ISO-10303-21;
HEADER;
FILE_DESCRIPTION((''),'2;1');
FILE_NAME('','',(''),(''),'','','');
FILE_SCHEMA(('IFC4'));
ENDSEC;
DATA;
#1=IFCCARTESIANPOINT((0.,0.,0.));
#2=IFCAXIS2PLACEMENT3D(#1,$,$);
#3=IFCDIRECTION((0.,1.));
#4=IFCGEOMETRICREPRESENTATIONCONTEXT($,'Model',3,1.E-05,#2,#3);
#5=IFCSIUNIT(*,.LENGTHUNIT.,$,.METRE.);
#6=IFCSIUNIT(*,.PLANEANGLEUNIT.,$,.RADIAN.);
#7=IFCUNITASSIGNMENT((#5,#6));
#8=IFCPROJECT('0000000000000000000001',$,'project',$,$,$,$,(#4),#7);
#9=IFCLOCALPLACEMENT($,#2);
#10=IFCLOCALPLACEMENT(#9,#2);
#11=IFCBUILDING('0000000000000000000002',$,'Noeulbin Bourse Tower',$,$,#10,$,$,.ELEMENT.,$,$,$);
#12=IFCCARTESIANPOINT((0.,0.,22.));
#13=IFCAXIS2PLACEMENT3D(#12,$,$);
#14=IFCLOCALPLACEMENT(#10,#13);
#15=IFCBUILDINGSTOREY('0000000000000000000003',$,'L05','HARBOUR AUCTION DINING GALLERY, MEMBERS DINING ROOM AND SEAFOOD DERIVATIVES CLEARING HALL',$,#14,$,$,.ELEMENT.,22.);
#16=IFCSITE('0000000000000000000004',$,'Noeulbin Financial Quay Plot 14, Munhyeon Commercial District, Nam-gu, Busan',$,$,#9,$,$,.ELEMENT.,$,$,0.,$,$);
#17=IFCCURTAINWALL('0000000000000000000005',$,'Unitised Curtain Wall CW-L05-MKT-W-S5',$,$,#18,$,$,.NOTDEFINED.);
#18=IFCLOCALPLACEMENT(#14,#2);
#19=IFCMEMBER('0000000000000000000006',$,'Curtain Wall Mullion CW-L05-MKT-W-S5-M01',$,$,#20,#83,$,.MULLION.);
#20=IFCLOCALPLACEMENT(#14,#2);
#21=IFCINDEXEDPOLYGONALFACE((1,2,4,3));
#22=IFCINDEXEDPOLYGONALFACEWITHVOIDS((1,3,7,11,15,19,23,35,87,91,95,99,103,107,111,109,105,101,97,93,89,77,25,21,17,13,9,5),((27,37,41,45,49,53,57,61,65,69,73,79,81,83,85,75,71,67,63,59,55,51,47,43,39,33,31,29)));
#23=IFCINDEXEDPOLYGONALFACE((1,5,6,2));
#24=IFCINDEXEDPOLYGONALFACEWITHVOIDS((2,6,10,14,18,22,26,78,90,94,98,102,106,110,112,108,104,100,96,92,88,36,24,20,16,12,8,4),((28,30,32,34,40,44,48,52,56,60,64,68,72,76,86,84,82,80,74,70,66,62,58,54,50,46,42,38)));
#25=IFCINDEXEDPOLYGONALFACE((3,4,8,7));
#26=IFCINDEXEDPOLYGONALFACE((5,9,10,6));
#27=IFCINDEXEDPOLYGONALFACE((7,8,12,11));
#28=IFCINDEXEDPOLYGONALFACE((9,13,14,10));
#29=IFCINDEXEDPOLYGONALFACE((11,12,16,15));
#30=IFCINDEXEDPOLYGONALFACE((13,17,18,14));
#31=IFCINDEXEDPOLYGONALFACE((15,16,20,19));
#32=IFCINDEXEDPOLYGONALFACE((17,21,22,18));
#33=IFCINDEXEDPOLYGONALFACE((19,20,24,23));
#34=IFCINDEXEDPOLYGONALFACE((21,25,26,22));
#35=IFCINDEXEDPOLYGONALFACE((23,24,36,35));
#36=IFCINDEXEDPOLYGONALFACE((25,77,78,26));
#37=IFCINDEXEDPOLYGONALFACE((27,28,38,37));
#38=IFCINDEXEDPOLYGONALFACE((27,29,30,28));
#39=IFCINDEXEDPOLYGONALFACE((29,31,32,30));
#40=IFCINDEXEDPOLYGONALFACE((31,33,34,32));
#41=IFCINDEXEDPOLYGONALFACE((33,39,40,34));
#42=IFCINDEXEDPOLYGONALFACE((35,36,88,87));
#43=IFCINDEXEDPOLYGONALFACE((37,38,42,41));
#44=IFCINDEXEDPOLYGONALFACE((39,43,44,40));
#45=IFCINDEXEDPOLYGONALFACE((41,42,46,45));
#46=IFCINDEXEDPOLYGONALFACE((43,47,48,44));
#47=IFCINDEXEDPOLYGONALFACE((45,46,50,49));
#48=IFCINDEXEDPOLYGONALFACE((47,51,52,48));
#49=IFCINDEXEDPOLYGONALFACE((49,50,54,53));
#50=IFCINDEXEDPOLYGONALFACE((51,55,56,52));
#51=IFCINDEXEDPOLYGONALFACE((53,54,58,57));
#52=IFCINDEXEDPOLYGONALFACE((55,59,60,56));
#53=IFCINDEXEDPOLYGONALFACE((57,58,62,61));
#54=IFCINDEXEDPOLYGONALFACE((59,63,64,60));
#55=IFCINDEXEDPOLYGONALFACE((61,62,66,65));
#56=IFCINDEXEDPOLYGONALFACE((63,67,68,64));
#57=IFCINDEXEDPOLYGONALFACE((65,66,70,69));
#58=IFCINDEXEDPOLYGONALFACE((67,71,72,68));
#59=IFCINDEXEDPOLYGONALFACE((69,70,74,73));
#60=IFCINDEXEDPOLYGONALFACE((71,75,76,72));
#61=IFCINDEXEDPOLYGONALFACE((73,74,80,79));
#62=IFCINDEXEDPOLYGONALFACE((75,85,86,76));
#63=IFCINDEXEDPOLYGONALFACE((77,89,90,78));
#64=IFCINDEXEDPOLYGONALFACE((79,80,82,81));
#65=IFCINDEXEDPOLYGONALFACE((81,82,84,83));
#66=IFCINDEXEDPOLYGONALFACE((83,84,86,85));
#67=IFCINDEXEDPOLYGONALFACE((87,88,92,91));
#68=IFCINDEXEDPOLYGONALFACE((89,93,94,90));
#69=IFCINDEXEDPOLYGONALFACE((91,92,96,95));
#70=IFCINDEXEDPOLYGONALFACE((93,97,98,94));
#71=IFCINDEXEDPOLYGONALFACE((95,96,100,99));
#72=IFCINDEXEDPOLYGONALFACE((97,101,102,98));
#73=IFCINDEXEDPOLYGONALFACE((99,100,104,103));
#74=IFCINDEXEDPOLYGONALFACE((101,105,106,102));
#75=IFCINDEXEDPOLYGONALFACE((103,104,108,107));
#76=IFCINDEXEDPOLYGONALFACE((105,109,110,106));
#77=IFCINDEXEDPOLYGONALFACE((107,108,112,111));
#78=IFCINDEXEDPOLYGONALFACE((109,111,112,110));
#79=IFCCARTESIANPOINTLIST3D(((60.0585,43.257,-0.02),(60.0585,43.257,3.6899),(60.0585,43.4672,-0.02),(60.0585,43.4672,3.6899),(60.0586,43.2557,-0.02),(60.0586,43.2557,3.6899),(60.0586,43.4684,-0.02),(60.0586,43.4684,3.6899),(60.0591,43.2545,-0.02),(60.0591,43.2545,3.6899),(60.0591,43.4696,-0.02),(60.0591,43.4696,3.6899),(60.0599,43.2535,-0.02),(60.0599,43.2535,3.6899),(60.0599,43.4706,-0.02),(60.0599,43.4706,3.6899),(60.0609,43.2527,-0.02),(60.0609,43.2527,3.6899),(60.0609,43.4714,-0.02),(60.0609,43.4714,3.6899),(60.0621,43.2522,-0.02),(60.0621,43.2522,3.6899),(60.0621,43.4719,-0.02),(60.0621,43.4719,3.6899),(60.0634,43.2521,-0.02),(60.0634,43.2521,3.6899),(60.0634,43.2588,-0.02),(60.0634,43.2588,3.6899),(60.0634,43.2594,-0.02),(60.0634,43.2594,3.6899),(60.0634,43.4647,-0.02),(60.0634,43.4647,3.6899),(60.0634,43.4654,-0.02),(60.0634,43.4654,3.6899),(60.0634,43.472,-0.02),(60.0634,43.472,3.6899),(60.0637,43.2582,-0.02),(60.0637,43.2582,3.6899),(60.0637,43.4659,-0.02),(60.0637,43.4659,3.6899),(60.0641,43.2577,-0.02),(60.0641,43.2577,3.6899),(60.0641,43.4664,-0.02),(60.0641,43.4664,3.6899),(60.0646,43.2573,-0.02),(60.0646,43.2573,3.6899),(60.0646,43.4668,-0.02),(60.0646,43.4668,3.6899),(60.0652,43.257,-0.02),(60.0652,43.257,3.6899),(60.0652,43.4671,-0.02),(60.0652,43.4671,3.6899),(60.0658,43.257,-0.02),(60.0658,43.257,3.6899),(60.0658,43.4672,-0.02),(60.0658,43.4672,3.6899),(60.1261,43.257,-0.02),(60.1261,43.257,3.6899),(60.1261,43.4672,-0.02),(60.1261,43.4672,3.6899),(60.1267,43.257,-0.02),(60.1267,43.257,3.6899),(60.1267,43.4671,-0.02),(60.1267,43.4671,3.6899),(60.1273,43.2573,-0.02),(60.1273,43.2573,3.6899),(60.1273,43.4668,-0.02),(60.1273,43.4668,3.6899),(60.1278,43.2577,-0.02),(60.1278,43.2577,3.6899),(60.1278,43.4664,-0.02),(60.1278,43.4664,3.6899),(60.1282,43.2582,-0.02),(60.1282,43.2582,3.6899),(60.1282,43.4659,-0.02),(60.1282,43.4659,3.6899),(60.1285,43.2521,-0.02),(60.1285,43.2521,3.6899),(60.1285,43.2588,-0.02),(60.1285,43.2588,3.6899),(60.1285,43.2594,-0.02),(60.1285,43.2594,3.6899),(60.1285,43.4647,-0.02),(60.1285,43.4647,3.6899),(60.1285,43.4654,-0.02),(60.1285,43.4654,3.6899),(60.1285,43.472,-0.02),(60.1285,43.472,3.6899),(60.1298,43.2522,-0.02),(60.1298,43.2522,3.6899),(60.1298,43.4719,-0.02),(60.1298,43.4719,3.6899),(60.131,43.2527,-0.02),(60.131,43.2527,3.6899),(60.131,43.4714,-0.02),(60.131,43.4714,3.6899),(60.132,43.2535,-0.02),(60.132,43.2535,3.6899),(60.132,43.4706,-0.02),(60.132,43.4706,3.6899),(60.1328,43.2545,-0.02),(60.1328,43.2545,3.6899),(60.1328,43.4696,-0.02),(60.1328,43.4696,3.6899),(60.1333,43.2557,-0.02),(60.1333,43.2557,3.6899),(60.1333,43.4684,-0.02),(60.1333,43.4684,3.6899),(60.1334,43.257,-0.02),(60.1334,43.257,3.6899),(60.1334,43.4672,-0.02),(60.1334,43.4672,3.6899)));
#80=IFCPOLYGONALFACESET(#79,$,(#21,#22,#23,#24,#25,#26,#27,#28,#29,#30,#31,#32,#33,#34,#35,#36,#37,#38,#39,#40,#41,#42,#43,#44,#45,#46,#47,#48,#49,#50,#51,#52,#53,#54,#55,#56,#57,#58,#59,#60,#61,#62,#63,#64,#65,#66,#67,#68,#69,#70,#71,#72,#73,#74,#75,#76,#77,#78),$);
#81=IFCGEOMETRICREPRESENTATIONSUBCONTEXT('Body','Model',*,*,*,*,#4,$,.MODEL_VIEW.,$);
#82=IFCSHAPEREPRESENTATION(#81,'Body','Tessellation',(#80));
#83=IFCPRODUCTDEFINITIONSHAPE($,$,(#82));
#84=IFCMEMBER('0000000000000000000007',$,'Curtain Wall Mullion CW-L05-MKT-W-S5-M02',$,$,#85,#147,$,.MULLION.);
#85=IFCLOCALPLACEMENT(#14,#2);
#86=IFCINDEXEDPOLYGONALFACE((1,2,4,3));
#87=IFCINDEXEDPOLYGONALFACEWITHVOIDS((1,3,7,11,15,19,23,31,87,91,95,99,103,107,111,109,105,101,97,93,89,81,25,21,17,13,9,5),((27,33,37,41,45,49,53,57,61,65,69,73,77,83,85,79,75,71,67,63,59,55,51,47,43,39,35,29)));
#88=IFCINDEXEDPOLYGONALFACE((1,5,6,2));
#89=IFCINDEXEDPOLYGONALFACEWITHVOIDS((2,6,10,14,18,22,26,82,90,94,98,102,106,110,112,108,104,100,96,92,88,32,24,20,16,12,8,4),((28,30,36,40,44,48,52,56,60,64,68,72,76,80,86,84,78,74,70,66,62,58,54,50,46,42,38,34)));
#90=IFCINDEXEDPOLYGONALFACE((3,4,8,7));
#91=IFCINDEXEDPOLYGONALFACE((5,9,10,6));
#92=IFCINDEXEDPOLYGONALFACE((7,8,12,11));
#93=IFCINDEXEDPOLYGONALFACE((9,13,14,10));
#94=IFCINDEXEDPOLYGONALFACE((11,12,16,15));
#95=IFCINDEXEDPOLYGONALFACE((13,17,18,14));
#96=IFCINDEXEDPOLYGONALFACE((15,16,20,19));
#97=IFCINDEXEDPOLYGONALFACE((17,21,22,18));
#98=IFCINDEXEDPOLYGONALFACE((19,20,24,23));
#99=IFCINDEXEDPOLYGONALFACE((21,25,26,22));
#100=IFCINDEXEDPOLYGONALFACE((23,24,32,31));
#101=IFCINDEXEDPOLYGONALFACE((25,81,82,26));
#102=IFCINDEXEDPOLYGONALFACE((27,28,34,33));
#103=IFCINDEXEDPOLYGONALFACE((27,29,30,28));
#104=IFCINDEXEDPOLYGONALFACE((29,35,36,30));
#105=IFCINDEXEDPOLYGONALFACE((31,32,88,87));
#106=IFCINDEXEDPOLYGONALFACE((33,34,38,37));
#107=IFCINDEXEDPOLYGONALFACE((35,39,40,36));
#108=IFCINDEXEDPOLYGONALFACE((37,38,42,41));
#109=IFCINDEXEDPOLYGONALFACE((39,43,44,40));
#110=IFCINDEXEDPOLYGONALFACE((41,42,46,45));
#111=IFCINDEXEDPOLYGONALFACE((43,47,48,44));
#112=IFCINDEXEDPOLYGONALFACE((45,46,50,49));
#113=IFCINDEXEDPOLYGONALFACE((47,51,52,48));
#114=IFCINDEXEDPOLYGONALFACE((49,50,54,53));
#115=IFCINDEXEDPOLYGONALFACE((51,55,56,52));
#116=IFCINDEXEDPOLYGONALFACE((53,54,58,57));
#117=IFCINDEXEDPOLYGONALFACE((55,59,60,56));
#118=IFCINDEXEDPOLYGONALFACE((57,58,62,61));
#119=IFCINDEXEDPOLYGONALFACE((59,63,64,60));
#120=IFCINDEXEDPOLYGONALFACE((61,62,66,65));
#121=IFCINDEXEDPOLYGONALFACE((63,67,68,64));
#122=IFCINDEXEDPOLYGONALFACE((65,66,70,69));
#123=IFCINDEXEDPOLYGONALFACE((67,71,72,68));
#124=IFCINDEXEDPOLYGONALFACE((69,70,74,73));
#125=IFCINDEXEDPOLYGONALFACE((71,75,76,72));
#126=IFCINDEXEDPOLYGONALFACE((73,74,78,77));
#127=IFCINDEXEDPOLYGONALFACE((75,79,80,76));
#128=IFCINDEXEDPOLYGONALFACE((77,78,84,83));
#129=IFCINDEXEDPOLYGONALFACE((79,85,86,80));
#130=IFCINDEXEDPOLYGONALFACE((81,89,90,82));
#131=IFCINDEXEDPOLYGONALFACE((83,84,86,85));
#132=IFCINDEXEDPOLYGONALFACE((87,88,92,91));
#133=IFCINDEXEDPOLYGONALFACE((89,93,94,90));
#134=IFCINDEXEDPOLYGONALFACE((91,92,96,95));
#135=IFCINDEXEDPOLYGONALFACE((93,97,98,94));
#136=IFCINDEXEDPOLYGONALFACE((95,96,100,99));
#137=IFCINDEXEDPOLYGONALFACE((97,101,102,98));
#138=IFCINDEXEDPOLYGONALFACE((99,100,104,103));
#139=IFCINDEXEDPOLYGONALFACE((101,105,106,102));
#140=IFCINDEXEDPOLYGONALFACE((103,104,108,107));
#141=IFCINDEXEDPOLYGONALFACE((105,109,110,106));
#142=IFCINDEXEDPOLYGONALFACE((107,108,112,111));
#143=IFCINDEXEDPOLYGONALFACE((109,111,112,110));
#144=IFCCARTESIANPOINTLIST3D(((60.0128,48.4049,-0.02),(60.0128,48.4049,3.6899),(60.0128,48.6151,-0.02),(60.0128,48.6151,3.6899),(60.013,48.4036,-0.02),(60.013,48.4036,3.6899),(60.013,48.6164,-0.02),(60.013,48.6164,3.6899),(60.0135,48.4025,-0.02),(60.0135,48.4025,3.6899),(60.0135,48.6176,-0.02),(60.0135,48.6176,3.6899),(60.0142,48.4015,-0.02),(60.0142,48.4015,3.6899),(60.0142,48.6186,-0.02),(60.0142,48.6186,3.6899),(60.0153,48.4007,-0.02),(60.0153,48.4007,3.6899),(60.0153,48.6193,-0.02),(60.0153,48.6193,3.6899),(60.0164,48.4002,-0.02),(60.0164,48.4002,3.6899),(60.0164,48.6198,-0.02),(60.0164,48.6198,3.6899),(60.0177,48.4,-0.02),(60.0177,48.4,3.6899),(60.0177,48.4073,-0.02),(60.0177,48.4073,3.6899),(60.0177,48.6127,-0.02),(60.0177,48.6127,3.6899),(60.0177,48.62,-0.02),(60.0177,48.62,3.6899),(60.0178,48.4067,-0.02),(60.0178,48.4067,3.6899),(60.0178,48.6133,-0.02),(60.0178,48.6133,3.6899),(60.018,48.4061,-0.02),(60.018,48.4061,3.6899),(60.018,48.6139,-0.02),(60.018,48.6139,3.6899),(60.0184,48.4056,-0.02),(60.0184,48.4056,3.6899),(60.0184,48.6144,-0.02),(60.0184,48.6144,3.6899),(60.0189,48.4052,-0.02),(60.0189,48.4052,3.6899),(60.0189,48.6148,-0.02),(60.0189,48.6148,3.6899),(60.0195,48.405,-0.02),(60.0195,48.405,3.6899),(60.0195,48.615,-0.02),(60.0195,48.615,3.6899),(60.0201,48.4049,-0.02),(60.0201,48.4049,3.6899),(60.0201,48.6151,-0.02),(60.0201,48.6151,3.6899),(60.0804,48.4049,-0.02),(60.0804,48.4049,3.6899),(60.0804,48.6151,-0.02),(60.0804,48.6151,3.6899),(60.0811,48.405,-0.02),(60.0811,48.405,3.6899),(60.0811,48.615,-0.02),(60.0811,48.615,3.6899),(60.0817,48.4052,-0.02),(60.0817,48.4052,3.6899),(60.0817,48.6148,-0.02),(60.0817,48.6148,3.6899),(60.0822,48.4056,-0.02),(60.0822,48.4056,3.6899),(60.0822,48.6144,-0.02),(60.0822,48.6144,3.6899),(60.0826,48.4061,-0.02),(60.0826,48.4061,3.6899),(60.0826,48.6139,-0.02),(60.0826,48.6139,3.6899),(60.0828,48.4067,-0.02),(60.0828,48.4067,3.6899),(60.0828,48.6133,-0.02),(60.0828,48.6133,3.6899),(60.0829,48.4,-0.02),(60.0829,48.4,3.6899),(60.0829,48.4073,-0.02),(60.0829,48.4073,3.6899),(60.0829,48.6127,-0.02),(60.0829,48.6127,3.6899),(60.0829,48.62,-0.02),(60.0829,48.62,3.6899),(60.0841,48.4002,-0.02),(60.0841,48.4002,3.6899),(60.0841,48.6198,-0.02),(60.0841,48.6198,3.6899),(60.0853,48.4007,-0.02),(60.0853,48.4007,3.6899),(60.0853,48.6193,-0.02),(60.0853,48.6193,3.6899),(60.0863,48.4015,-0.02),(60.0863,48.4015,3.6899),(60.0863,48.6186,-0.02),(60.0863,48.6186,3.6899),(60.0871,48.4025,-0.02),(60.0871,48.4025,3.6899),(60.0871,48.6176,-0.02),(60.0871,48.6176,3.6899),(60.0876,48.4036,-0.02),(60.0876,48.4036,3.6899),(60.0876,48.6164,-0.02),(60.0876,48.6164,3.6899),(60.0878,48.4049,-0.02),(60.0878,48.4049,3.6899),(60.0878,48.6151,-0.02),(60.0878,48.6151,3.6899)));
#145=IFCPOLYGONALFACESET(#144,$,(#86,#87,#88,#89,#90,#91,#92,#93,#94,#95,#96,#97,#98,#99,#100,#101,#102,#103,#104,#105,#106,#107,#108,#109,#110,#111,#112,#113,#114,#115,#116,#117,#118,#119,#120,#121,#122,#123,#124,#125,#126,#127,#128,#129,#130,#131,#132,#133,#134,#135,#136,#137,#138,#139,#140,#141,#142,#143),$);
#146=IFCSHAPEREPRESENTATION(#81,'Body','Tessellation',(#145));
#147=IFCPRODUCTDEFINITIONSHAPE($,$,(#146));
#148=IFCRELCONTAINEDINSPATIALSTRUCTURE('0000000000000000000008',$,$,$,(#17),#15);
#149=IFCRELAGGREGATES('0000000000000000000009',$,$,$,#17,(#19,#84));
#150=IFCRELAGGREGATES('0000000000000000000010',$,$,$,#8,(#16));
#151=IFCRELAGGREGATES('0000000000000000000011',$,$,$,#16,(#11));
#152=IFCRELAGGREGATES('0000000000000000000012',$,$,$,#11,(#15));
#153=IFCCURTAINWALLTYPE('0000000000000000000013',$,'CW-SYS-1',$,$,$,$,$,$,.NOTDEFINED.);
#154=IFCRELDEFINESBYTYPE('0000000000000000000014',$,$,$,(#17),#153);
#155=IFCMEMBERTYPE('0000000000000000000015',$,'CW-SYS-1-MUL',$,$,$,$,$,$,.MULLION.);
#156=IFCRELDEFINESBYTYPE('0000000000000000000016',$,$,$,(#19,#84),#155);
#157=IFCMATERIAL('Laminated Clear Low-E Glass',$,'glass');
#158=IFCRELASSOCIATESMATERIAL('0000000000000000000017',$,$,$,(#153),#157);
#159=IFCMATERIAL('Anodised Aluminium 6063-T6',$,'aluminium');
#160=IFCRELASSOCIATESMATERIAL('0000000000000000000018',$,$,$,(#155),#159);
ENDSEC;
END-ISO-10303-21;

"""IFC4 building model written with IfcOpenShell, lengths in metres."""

from ifc_helpers import new_model, si_unit, direction, frame, origin, origin_2d, place, context, subcontext, project, spatial, hollow_rectangle, extrude, material, material_profile, profile_set, type_object, element, aggregate, save


model = new_model("IFC4")

# Units and contexts
model_context = context("Model", 3, precision=1e-05, world=origin(), true_north=direction((0.0, 1.0)))
body_context = subcontext(model_context, "Body", "Model", "MODEL_VIEW")
ifc_project = project(units=[si_unit("LENGTHUNIT", "METRE"), si_unit("PLANEANGLEUNIT", "RADIAN")], contexts=[model_context])

# Site, building, storey
site_placement = place(None, origin())
site = spatial("IfcSite", under=ifc_project, at=site_placement, Name="Noeulbin Financial Quay Plot 14, Munhyeon Commercial District, Nam-gu, Busan", CompositionType="ELEMENT", RefElevation=0.0)
building_placement = place(site_placement, origin())
building = spatial("IfcBuilding", under=site, at=building_placement, Name="Noeulbin Bourse Tower", CompositionType="ELEMENT")
storey_placement = place(building_placement, frame((0.0, 0.0, 22.0)))
storey = spatial("IfcBuildingStorey", under=building, at=storey_placement, Name="L05", Description="HARBOUR AUCTION DINING GALLERY, MEMBERS DINING ROOM AND SEAFOOD DERIVATIVES CLEARING HALL", CompositionType="ELEMENT", Elevation=22.0)

# Curtain wall, members
ifc_material_1 = material(Name="Laminated Clear Low-E Glass", Category="glass")
curtain_wall_type_1 = type_object("IfcCurtainWallType", Name="CW-SYS-1", PredefinedType="NOTDEFINED", material=ifc_material_1)
ifc_material_2 = material(Name="Anodised Aluminium 6063-T6", Category="aluminium")
ifc_material_profile_1 = material_profile(ifc_material_2, hollow_rectangle(XDim=0.075, YDim=0.22, WallThickness=0.0049, InnerFilletRadius=0.0024, OuterFilletRadius=0.0049, at=origin_2d()), Name="ALU-MULL-75x220x5", Category="LoadBearing")
ifc_profile_set_1 = profile_set([ifc_material_profile_1], Name="Anodised Aluminium 6063-T6")
member_type_1 = type_object("IfcMemberType", Name="CW-SYS-1-MUL", PredefinedType="MULLION", material=ifc_profile_set_1)
curtain_wall_1_placement = place(storey_placement, origin())
curtain_wall_1 = element("IfcCurtainWall", 1, at=curtain_wall_1_placement, inside=storey, type_object=curtain_wall_type_1, Name="Unitised Curtain Wall CW-L05-MKT-W-S5", PredefinedType="NOTDEFINED")
member_1_placement = place(storey_placement, frame((60.0959, 43.3621, -0.02), z_axis=(0.0, 0.0, 1.0), x_axis=(1.0, 0.0, 0.0)))
member_1 = element("IfcMember", 2, at=member_1_placement, type_object=member_type_1, Name="Curtain Wall Mullion CW-L05-MKT-W-S5-M01", PredefinedType="MULLION", context=body_context, shape_type="SweptSolid", body=[
    extrude(hollow_rectangle(XDim=0.075, YDim=0.22, WallThickness=0.0049, InnerFilletRadius=0.0024, OuterFilletRadius=0.0049, at=origin_2d()), origin(), (0.0, 0.0, 1.0), 3.71),
])
member_2_placement = place(storey_placement, frame((60.0503, 48.51, -0.02), z_axis=(0.0, 0.0, 1.0), x_axis=(1.0, 0.0, 0.0)))
member_2 = element("IfcMember", 3, at=member_2_placement, type_object=member_type_1, Name="Curtain Wall Mullion CW-L05-MKT-W-S5-M02", PredefinedType="MULLION", context=body_context, shape_type="SweptSolid", body=[
    extrude(hollow_rectangle(XDim=0.075, YDim=0.22, WallThickness=0.0049, InnerFilletRadius=0.0024, OuterFilletRadius=0.0049, at=origin_2d()), origin(), (0.0, 0.0, 1.0), 3.71),
])

aggregate(curtain_wall_1, [member_1, member_2])

save(model, "model.ifc")
